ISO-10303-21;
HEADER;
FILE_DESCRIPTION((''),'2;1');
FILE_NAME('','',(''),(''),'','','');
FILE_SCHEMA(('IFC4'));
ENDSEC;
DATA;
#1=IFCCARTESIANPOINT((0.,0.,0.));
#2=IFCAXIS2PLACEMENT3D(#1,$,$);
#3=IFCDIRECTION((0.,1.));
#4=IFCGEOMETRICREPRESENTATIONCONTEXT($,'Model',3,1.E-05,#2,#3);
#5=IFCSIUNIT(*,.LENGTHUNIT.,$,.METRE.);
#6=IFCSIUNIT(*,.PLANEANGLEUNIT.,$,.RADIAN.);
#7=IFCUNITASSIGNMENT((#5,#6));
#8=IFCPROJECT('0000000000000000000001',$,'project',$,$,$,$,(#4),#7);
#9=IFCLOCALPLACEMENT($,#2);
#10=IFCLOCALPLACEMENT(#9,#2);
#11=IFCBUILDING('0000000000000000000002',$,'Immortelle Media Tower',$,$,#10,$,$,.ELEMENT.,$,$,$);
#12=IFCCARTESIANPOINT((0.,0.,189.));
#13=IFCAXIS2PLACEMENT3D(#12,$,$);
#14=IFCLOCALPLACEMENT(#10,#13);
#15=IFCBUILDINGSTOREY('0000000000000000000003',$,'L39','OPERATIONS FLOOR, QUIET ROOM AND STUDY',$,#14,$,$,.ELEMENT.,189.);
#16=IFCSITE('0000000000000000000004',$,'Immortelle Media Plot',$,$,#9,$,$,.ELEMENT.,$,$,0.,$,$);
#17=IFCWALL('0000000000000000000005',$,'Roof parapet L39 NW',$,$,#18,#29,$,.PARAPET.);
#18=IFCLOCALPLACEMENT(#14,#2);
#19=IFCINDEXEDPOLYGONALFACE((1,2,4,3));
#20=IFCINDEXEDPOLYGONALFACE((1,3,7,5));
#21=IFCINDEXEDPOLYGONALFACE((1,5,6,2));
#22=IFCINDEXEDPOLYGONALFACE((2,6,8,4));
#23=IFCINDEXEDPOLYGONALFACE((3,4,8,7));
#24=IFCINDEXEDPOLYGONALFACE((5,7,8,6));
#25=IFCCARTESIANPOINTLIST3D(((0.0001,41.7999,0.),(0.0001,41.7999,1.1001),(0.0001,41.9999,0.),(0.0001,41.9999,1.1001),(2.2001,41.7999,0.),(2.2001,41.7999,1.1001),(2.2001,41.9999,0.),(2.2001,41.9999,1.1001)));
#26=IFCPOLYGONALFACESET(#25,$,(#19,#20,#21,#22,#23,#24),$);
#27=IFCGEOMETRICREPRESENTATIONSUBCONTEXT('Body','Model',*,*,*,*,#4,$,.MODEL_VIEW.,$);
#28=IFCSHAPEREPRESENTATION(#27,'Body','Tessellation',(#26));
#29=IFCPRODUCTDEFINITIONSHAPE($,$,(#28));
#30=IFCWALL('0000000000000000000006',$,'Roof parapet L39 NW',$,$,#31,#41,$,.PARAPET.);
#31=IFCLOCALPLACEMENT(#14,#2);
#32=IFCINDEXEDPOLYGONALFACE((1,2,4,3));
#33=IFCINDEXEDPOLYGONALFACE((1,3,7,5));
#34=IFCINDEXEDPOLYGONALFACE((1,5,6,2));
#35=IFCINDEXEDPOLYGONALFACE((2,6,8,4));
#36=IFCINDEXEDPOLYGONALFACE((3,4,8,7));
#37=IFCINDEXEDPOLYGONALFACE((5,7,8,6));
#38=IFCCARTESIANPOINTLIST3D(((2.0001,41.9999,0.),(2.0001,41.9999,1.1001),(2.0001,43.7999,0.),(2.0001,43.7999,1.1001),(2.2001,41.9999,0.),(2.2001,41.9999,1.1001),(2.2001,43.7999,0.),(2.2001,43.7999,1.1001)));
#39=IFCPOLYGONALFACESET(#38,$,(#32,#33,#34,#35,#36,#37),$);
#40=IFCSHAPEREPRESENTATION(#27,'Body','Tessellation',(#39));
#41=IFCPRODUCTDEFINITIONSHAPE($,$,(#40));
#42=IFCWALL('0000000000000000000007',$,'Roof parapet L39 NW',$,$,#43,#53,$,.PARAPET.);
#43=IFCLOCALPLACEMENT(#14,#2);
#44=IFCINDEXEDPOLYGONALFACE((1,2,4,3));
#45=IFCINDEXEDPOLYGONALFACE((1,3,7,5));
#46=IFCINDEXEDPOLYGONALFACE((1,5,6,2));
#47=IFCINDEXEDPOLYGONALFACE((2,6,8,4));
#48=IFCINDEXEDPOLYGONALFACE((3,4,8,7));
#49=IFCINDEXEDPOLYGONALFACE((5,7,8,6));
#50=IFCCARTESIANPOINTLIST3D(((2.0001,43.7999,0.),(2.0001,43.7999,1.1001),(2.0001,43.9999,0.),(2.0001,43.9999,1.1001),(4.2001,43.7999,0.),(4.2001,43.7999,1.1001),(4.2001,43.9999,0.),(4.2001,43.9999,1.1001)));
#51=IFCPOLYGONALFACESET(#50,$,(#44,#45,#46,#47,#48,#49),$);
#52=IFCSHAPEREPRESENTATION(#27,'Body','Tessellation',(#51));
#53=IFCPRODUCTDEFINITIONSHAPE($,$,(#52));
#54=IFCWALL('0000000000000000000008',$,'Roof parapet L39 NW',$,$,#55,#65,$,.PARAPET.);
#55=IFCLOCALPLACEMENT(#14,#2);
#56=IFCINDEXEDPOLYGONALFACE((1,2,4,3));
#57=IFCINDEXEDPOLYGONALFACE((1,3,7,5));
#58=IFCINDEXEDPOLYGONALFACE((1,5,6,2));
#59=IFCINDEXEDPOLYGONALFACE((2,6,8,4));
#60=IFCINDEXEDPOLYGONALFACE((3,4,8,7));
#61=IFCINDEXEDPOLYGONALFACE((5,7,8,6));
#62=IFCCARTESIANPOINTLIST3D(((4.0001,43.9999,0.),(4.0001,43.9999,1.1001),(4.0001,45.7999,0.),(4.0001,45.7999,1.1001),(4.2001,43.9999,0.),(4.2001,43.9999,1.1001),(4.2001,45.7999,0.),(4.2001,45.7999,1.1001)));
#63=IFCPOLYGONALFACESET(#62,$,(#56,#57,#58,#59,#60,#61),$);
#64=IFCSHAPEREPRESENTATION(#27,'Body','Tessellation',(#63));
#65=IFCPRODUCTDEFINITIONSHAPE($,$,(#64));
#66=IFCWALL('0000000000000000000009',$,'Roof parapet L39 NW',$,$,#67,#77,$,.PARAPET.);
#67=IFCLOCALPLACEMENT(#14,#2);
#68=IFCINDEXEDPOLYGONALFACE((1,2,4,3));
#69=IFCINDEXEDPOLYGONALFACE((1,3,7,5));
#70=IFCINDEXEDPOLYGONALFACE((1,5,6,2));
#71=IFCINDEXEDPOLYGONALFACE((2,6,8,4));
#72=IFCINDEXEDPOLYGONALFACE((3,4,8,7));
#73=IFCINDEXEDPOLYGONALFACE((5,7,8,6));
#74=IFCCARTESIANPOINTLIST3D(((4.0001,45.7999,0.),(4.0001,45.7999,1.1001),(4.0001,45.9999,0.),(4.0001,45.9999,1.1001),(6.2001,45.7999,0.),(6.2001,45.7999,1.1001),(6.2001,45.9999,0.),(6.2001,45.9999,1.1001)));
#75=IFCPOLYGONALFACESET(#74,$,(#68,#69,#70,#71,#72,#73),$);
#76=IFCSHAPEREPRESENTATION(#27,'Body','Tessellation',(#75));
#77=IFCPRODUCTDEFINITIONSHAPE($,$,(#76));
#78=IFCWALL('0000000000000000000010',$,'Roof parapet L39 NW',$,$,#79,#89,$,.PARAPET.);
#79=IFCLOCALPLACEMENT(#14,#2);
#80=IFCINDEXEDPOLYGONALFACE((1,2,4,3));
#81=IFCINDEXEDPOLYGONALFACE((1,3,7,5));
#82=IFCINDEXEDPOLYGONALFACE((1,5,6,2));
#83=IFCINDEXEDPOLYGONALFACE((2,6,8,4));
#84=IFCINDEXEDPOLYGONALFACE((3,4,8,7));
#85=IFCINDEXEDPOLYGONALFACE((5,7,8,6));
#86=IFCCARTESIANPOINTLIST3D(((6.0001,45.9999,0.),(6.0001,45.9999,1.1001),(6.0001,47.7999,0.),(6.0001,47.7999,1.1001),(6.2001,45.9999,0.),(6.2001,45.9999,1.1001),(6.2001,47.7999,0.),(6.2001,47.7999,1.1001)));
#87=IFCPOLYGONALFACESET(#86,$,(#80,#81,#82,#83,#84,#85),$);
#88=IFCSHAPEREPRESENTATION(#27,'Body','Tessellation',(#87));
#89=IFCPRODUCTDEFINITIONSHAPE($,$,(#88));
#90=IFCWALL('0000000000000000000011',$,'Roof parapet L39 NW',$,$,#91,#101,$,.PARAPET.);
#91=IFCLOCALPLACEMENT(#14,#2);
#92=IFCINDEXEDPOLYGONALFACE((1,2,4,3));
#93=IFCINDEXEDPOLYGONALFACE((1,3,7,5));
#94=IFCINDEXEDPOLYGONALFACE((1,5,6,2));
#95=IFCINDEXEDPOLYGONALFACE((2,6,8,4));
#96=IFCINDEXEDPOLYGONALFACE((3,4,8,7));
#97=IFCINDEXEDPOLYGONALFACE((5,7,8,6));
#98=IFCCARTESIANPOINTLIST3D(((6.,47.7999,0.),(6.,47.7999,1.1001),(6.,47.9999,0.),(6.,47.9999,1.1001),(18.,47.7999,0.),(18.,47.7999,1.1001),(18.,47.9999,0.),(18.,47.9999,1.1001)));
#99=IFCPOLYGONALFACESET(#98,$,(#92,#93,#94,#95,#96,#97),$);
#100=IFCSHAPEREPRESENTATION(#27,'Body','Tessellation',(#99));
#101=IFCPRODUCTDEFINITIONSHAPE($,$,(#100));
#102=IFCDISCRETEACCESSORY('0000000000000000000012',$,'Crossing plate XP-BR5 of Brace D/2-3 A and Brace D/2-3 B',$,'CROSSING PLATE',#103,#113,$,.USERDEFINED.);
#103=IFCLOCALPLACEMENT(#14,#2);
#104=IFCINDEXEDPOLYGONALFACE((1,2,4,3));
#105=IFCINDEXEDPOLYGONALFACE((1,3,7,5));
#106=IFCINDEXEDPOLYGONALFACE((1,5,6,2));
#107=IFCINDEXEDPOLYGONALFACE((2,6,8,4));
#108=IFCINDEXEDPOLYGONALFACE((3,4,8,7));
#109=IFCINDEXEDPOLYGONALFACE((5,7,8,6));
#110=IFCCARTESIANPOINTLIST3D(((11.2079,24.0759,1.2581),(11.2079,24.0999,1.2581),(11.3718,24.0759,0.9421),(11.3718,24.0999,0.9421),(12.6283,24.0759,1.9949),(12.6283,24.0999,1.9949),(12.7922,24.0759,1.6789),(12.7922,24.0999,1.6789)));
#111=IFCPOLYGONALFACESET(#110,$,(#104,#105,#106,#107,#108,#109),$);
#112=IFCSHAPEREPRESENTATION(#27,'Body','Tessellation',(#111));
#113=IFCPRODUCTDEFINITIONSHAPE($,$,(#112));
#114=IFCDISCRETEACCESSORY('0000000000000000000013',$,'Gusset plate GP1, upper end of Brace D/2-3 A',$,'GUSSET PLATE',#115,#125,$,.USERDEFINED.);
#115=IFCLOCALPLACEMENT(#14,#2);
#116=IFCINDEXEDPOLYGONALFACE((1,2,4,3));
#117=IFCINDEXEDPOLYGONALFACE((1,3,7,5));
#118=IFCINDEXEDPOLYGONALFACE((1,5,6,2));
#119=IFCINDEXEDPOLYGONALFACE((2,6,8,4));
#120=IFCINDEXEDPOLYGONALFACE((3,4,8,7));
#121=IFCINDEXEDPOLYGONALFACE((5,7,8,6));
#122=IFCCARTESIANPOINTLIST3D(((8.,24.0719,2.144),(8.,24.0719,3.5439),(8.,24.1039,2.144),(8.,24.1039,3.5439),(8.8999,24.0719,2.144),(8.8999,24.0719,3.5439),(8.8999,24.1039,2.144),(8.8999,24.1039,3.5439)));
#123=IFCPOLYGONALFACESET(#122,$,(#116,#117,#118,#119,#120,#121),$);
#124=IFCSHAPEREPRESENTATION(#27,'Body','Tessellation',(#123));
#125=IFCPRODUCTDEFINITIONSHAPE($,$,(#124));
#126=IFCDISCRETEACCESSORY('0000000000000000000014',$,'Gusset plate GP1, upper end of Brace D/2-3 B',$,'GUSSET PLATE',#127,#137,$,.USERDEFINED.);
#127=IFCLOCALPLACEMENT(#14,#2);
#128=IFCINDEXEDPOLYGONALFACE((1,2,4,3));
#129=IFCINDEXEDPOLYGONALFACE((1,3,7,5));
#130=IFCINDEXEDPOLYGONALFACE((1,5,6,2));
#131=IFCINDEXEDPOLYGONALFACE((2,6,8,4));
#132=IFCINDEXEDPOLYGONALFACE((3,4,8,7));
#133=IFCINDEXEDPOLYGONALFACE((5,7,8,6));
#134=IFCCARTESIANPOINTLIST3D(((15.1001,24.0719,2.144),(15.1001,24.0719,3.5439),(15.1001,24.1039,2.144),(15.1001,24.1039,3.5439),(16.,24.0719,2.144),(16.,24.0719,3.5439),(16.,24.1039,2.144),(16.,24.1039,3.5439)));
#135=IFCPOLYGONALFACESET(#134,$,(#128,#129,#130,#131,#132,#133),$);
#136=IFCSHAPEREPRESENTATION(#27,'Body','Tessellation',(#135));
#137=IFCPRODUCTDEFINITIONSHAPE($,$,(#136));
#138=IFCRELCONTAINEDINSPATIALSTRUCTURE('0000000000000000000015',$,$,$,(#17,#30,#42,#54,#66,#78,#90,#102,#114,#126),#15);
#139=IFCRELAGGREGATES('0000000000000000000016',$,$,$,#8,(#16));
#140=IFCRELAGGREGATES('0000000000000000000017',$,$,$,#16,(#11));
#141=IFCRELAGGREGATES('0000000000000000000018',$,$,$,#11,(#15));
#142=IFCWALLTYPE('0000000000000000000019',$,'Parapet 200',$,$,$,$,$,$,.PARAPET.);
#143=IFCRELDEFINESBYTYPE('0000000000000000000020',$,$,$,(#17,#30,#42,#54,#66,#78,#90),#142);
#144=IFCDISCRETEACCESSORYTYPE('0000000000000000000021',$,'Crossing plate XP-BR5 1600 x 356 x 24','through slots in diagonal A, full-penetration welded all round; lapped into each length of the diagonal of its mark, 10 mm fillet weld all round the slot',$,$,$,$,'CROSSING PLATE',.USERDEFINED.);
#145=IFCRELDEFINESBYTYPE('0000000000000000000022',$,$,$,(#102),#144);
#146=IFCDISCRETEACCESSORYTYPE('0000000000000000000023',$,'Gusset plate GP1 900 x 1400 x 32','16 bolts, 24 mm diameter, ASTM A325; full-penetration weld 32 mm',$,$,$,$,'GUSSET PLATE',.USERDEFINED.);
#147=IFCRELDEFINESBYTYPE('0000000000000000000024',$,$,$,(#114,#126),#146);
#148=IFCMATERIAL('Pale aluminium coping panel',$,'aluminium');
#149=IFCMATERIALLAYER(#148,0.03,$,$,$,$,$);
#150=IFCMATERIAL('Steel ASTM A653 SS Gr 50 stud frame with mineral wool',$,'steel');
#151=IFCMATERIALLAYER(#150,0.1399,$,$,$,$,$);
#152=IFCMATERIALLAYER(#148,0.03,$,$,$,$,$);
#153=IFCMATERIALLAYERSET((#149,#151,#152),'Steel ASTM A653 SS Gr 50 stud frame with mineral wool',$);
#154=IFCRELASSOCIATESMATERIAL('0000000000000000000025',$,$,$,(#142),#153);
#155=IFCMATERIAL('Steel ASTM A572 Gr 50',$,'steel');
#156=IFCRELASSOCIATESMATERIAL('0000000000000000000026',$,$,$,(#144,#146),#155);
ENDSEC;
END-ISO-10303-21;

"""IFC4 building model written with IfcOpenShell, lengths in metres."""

from ifc_helpers import new_model, si_unit, direction, frame, frame_2d, origin, origin_2d, place, context, subcontext, project, spatial, rectangle, extrude, material, layer, layer_set, material_profile, profile_set, type_object, element, save


model = new_model("IFC4")

# Units and contexts
model_context = context("Model", 3, precision=1e-05, world=origin(), true_north=direction((0.0, 1.0)))
body_context = subcontext(model_context, "Body", "Model", "MODEL_VIEW")
ifc_project = project(units=[si_unit("LENGTHUNIT", "METRE"), si_unit("PLANEANGLEUNIT", "RADIAN")], contexts=[model_context])

# Site, building, storey
site_placement = place(None, origin())
site = spatial("IfcSite", under=ifc_project, at=site_placement, Name="Immortelle Media Plot", CompositionType="ELEMENT", RefElevation=0.0)
building_placement = place(site_placement, origin())
building = spatial("IfcBuilding", under=site, at=building_placement, Name="Immortelle Media Tower", CompositionType="ELEMENT")
storey_placement = place(building_placement, frame((0.0, 0.0, 189.0)))
storey = spatial("IfcBuildingStorey", under=building, at=storey_placement, Name="L39", Description="OPERATIONS FLOOR, QUIET ROOM AND STUDY", CompositionType="ELEMENT", Elevation=189.0)

# Walls
ifc_material_1 = material(Name="Steel ASTM A653 SS Gr 50 stud frame with mineral wool", Category="steel")
ifc_material_2 = material(Name="Pale aluminium coping panel", Category="aluminium")
ifc_layer_1 = layer(ifc_material_2, 0.03)
ifc_layer_2 = layer(ifc_material_1, 0.1399)
ifc_layer_3 = layer(ifc_material_2, 0.03)
ifc_layer_set_1 = layer_set([ifc_layer_1, ifc_layer_2, ifc_layer_3], Name="Steel ASTM A653 SS Gr 50 stud frame with mineral wool")
wall_type_1 = type_object("IfcWallType", Name="Parapet 200", PredefinedType="PARAPET", material=ifc_layer_set_1)
wall_1_placement = place(storey_placement, frame((0.0, 41.8999, 0.0), z_axis=(0.0, 0.0, 1.0), x_axis=(1.0, 0.0, 0.0)))
element("IfcWall", 1, at=wall_1_placement, inside=storey, type_object=wall_type_1, Name="Roof parapet L39 NW", PredefinedType="PARAPET", context=body_context, shape_type="SweptSolid", body=[
    extrude(rectangle(XDim=2.2, YDim=0.2, at=frame_2d((1.1001, 0.0))), origin(), (0.0, 0.0, 1.0), 1.1001),
])
wall_2_placement = place(storey_placement, frame((2.1001, 42.0, 0.0), z_axis=(0.0, 0.0, 1.0), x_axis=(0.0, 1.0, 0.0)))
element("IfcWall", 2, at=wall_2_placement, inside=storey, type_object=wall_type_1, Name="Roof parapet L39 NW", PredefinedType="PARAPET", context=body_context, shape_type="SweptSolid", body=[
    extrude(rectangle(XDim=1.8, YDim=0.2, at=frame_2d((0.8999, 0.0))), origin(), (0.0, 0.0, 1.0), 1.1001),
])
wall_3_placement = place(storey_placement, frame((2.0, 43.8999, 0.0), z_axis=(0.0, 0.0, 1.0), x_axis=(1.0, 0.0, 0.0)))
element("IfcWall", 3, at=wall_3_placement, inside=storey, type_object=wall_type_1, Name="Roof parapet L39 NW", PredefinedType="PARAPET", context=body_context, shape_type="SweptSolid", body=[
    extrude(rectangle(XDim=2.2, YDim=0.2, at=frame_2d((1.1001, 0.0))), origin(), (0.0, 0.0, 1.0), 1.1001),
])
wall_4_placement = place(storey_placement, frame((4.1001, 44.0, 0.0), z_axis=(0.0, 0.0, 1.0), x_axis=(0.0, 1.0, 0.0)))
element("IfcWall", 4, at=wall_4_placement, inside=storey, type_object=wall_type_1, Name="Roof parapet L39 NW", PredefinedType="PARAPET", context=body_context, shape_type="SweptSolid", body=[
    extrude(rectangle(XDim=1.8, YDim=0.2, at=frame_2d((0.8999, 0.0))), origin(), (0.0, 0.0, 1.0), 1.1001),
])
wall_5_placement = place(storey_placement, frame((4.0, 45.8999, 0.0), z_axis=(0.0, 0.0, 1.0), x_axis=(1.0, 0.0, 0.0)))
element("IfcWall", 5, at=wall_5_placement, inside=storey, type_object=wall_type_1, Name="Roof parapet L39 NW", PredefinedType="PARAPET", context=body_context, shape_type="SweptSolid", body=[
    extrude(rectangle(XDim=2.2, YDim=0.2, at=frame_2d((1.1001, 0.0))), origin(), (0.0, 0.0, 1.0), 1.1001),
])
wall_6_placement = place(storey_placement, frame((6.1001, 46.0, 0.0), z_axis=(0.0, 0.0, 1.0), x_axis=(0.0, 1.0, 0.0)))
element("IfcWall", 6, at=wall_6_placement, inside=storey, type_object=wall_type_1, Name="Roof parapet L39 NW", PredefinedType="PARAPET", context=body_context, shape_type="SweptSolid", body=[
    extrude(rectangle(XDim=1.8, YDim=0.2, at=frame_2d((0.8999, 0.0))), origin(), (0.0, 0.0, 1.0), 1.1001),
])
wall_7_placement = place(storey_placement, frame((6.0, 47.8999, 0.0), z_axis=(0.0, 0.0, 1.0), x_axis=(1.0, 0.0, 0.0)))
element("IfcWall", 7, at=wall_7_placement, inside=storey, type_object=wall_type_1, Name="Roof parapet L39 NW", PredefinedType="PARAPET", context=body_context, shape_type="SweptSolid", body=[
    extrude(rectangle(XDim=12.0, YDim=0.2, at=frame_2d((6.0, 0.0))), origin(), (0.0, 0.0, 1.0), 1.1001),
])

# Discrete accessories
ifc_material_3 = material(Name="Steel ASTM A572 Gr 50", Category="steel")
ifc_material_profile_1 = material_profile(ifc_material_3, rectangle(XDim=0.0239, YDim=0.356, at=origin_2d()), Name="PL 24 x 356")
ifc_profile_set_1 = profile_set([ifc_material_profile_1], Name="Steel ASTM A572 Gr 50")
discrete_accessory_type_1 = type_object("IfcDiscreteAccessoryType", Name="Crossing plate XP-BR5 1600 x 356 x 24", Description="through slots in diagonal A, full-penetration welded all round; lapped into each length of the diagonal of its mark, 10 mm fillet weld all round the slot", ElementType="CROSSING PLATE", PredefinedType="USERDEFINED", material=ifc_profile_set_1)
discrete_accessory_placement = place(storey_placement, frame((12.7102, 24.0879, 1.8369), z_axis=(-0.887676, 0.0, -0.460469), x_axis=(0.0, -1.0, 0.0)))
element("IfcDiscreteAccessory", 8, at=discrete_accessory_placement, inside=storey, type_object=discrete_accessory_type_1, Name="Crossing plate XP-BR5 of Brace D/2-3 A and Brace D/2-3 B", ObjectType="CROSSING PLATE", PredefinedType="USERDEFINED", context=body_context, shape_type="SweptSolid", body=[
    extrude(rectangle(XDim=0.0239, YDim=0.356, at=origin_2d()), origin(), (0.0, 0.0, 1.0), 1.6001),
])
ifc_material_profile_2 = material_profile(ifc_material_3, rectangle(XDim=0.032, YDim=1.3999, at=origin_2d()), Name="PL 32 x 1400")
ifc_profile_set_2 = profile_set([ifc_material_profile_2], Name="Steel ASTM A572 Gr 50")
discrete_accessory_type_2 = type_object("IfcDiscreteAccessoryType", Name="Gusset plate GP1 900 x 1400 x 32", Description="16 bolts, 24 mm diameter, ASTM A325; full-penetration weld 32 mm", ElementType="GUSSET PLATE", PredefinedType="USERDEFINED", material=ifc_profile_set_2)
for number, where, z_axis, x_axis, name in (
    (9, (8.0, 24.0879, 2.844), (1.0, 0.0, 0.0), (0.0, 1.0, 0.0), "Gusset plate GP1, upper end of Brace D/2-3 A"),
    (10, (16.0, 24.0879, 2.844), (-1.0, 0.0, 0.0), (0.0, -1.0, 0.0), "Gusset plate GP1, upper end of Brace D/2-3 B"),
):
    element("IfcDiscreteAccessory", number, at=place(storey_placement, frame(where, z_axis=z_axis, x_axis=x_axis)), inside=storey, type_object=discrete_accessory_type_2, Name=name, ObjectType="GUSSET PLATE", PredefinedType="USERDEFINED", context=body_context, shape_type="SweptSolid", body=[
        extrude(rectangle(XDim=0.032, YDim=1.3999, at=origin_2d()), origin(), (0.0, 0.0, 1.0), 0.8999),
    ])

save(model, "model.ifc")
